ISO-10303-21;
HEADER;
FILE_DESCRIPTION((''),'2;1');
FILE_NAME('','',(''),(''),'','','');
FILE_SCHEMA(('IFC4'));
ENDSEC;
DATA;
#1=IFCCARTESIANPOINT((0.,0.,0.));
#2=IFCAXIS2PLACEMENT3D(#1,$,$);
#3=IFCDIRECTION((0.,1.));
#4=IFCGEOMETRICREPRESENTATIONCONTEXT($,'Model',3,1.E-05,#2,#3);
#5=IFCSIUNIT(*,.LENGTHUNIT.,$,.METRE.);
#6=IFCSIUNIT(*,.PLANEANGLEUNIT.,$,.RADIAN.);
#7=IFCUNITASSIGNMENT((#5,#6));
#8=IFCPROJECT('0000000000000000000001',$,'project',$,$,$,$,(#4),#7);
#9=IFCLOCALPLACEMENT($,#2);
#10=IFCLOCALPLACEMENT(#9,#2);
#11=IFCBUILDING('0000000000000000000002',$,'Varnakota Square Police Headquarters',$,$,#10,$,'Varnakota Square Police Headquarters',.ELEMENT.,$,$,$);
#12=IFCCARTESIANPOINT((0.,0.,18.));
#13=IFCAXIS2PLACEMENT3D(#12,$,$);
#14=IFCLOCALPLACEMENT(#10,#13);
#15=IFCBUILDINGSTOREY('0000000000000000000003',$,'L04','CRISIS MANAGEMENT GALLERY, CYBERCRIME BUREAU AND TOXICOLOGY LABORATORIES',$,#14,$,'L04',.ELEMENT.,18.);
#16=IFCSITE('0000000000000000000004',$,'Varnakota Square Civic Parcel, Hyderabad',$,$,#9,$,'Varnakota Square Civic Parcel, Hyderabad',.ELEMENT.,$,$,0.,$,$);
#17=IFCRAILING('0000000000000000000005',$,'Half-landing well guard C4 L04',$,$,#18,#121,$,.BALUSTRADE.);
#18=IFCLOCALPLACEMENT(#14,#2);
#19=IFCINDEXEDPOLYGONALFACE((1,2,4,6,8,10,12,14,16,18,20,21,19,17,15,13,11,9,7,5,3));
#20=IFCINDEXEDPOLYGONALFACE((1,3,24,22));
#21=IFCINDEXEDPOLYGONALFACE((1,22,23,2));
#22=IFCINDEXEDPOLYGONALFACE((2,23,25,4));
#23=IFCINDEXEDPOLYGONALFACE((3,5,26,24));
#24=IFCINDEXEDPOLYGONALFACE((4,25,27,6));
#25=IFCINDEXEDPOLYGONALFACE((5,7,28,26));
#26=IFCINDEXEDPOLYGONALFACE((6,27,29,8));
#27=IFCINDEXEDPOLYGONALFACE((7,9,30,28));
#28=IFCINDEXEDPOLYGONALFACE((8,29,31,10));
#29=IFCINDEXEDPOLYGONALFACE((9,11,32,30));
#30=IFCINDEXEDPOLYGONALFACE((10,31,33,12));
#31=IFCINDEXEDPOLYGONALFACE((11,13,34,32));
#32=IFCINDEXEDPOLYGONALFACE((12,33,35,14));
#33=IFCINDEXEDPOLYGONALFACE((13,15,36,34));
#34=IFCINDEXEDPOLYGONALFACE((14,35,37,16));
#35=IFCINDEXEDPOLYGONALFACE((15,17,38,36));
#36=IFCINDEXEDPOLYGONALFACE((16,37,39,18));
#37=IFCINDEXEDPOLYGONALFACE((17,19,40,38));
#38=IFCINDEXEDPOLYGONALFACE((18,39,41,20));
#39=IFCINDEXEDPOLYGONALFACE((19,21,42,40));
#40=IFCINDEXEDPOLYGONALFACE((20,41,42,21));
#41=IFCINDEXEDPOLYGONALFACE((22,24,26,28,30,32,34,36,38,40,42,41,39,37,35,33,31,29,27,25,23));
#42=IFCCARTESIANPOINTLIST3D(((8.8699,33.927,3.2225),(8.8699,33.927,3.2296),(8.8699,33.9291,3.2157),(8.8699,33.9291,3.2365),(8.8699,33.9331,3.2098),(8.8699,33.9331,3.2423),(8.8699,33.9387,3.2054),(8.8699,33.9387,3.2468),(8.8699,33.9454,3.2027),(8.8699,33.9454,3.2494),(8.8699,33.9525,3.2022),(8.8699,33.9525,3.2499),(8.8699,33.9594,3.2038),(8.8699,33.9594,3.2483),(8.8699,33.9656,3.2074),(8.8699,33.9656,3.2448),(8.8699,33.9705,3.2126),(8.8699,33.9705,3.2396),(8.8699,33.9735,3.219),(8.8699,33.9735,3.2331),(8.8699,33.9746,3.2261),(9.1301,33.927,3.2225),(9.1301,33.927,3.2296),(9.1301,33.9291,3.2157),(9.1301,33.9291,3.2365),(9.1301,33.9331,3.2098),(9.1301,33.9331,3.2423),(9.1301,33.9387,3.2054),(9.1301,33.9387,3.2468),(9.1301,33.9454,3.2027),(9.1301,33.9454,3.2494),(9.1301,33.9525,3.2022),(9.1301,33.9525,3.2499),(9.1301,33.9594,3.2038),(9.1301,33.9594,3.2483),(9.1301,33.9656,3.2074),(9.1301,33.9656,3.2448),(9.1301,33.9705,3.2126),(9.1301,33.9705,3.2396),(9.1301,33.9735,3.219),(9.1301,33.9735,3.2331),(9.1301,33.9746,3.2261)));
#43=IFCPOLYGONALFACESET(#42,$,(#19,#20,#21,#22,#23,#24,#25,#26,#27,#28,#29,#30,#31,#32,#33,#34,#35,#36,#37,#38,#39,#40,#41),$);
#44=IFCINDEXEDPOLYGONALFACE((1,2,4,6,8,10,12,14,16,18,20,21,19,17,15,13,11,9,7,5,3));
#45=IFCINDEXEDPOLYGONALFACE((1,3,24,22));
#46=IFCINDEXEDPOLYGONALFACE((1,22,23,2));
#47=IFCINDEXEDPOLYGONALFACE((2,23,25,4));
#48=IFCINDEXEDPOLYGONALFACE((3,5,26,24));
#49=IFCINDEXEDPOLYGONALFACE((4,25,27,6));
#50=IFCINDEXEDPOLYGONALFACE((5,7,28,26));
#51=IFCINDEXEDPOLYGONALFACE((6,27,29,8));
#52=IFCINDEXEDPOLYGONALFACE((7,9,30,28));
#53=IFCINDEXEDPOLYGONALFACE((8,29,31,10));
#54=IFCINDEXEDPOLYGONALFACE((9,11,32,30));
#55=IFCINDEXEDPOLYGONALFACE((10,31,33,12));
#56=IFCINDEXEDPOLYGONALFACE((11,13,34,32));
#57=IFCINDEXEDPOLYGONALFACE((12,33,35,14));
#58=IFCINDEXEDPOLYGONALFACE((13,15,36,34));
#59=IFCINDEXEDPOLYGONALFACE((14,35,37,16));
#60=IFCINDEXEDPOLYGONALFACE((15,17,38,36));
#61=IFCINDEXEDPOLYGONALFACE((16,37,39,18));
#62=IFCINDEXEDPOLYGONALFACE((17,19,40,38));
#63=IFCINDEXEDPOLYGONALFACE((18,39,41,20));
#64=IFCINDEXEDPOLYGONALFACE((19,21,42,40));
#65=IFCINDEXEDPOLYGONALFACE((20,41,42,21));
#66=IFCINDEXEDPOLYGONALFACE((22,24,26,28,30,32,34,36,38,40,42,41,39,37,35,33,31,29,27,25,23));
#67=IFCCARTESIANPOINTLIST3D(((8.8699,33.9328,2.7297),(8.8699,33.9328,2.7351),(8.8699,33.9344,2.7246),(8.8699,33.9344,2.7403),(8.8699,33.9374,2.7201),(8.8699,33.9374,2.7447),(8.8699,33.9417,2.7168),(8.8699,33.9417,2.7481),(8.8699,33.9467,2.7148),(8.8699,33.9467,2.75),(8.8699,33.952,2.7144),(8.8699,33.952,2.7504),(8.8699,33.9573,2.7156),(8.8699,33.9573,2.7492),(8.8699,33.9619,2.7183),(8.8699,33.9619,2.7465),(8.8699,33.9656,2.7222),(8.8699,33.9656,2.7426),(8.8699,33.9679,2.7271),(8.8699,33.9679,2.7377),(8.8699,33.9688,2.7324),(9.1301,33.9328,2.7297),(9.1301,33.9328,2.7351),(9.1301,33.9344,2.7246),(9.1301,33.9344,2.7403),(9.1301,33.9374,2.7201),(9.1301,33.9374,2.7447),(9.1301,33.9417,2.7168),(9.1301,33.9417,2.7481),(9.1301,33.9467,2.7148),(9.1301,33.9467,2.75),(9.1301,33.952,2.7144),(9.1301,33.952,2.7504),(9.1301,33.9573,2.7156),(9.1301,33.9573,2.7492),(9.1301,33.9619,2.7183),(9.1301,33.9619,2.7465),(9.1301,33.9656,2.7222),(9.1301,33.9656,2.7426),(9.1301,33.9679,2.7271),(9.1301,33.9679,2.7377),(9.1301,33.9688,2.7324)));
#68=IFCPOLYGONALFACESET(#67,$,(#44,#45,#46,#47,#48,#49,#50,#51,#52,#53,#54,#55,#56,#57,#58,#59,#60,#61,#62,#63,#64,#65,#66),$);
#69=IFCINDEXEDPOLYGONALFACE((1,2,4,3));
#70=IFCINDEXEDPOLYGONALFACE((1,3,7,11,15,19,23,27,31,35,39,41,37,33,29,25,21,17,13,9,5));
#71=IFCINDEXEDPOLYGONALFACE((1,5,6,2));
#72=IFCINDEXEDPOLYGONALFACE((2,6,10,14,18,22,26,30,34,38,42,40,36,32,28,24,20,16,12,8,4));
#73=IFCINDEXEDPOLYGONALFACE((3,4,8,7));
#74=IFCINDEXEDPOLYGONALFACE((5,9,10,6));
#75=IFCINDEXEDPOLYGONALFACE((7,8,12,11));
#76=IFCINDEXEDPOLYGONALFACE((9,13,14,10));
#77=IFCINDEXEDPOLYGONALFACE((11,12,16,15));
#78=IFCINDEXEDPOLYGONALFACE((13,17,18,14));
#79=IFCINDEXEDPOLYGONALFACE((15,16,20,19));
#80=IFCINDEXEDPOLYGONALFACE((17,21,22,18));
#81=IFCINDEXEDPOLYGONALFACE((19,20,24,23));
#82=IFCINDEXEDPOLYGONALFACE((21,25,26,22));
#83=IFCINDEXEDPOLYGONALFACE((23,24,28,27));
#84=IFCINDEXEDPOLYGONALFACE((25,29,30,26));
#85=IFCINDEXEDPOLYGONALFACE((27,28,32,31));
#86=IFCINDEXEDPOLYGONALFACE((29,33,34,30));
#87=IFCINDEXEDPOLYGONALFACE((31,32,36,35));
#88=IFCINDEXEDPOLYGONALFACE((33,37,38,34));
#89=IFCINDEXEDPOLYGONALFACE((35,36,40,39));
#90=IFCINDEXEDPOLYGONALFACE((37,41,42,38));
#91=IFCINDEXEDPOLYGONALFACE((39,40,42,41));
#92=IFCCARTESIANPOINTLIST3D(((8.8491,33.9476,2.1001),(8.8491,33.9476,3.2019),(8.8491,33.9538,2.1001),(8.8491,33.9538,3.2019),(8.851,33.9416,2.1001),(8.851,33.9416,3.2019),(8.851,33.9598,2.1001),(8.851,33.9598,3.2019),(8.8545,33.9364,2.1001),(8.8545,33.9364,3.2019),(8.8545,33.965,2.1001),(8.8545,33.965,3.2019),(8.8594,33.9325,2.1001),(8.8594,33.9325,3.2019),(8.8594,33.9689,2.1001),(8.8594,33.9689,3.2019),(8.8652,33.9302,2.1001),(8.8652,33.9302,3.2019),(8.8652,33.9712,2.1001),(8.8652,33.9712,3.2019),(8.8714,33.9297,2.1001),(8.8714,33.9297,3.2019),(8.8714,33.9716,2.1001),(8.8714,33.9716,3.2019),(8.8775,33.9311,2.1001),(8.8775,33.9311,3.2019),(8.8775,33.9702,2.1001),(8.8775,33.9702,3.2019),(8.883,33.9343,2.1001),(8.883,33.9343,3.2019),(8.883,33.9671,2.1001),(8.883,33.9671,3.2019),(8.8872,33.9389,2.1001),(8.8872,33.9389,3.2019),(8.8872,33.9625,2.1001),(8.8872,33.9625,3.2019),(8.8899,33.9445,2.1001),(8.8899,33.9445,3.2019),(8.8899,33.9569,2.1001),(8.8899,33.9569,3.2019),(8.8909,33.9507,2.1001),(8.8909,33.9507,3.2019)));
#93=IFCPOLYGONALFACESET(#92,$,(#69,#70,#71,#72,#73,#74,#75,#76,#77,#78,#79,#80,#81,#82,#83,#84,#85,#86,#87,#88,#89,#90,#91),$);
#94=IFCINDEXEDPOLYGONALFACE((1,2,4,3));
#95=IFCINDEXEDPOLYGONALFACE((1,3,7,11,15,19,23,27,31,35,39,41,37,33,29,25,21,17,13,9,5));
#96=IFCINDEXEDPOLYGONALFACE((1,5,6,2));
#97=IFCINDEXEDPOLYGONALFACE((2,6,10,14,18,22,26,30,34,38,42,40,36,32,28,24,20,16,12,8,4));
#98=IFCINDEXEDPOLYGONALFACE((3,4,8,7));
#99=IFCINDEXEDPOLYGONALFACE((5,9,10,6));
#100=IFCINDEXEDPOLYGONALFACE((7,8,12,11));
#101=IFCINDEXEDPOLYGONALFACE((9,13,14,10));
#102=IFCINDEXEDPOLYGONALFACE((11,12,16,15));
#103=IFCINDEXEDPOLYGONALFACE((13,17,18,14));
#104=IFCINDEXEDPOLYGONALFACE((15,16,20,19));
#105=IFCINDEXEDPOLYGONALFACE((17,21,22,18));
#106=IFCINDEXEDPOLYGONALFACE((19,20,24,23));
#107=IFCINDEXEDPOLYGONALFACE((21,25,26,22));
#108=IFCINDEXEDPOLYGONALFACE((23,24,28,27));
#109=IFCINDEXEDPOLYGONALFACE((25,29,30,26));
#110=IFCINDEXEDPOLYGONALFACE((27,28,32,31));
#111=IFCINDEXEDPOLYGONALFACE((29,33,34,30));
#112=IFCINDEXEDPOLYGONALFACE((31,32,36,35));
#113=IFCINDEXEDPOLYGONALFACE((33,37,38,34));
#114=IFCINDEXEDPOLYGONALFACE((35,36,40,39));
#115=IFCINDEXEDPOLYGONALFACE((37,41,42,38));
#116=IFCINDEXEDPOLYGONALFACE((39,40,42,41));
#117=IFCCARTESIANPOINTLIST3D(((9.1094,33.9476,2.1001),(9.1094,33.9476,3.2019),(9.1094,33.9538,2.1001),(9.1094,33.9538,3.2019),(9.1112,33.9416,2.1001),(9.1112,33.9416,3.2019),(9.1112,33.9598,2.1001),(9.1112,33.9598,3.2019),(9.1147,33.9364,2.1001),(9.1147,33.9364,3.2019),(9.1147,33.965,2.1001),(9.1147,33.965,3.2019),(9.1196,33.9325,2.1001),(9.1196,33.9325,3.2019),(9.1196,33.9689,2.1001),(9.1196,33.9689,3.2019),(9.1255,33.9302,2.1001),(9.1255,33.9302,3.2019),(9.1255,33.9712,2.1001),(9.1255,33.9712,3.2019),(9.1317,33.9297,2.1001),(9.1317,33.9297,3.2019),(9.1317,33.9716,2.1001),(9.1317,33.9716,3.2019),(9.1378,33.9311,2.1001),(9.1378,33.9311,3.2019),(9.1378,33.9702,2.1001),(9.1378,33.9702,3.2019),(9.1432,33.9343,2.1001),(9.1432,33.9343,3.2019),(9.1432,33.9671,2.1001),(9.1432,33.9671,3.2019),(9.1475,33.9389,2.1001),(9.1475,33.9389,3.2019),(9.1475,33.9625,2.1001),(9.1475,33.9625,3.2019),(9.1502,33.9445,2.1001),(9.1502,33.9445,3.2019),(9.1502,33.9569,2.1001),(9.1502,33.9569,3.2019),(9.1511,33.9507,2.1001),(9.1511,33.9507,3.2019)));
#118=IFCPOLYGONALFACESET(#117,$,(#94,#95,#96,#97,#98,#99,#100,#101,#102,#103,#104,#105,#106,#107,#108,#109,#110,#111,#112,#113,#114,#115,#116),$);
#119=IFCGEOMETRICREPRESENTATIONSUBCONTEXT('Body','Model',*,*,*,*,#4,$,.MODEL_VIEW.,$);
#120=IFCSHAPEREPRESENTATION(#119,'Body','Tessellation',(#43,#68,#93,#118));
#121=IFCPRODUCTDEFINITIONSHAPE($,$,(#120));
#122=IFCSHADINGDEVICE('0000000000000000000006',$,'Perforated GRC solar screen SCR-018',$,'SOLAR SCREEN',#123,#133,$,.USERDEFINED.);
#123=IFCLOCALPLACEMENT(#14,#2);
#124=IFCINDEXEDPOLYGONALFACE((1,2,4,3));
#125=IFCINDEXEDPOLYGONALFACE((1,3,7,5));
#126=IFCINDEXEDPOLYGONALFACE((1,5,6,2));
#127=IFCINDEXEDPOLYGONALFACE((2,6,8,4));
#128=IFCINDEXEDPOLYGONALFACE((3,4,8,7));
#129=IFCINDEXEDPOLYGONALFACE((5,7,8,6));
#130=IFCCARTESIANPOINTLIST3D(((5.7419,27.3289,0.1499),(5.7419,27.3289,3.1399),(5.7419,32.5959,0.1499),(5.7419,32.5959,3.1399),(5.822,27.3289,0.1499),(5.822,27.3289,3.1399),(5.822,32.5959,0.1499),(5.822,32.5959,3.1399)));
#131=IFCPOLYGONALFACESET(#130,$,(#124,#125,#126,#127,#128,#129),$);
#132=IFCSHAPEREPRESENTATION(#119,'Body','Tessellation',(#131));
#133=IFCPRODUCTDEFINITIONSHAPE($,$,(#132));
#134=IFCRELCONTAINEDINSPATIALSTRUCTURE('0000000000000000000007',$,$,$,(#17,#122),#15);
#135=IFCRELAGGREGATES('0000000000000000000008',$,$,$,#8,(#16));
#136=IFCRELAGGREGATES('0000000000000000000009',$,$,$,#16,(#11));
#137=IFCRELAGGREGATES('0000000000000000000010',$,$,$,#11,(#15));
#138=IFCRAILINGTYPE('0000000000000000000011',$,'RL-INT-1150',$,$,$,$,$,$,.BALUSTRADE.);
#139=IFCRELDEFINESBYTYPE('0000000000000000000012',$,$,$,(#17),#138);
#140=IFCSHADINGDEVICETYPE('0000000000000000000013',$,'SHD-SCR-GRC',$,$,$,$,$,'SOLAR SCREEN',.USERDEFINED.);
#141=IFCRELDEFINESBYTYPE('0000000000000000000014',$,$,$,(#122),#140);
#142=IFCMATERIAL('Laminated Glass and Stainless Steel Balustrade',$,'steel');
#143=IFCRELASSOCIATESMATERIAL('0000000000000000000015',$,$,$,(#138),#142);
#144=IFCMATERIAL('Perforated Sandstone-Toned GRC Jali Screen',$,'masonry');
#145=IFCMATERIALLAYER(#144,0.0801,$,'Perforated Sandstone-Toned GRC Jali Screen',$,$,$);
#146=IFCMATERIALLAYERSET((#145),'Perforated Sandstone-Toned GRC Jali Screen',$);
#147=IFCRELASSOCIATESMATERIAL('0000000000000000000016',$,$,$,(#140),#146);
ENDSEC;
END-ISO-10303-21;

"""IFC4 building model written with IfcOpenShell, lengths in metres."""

from ifc_helpers import new_model, si_unit, direction, frame, origin, origin_2d, place, context, subcontext, project, spatial, rectangle, circle, extrude, material, layer, layer_set, type_object, element, save


model = new_model("IFC4")

# Units and contexts
model_context = context("Model", 3, precision=1e-05, world=origin(), true_north=direction((0.0, 1.0)))
body_context = subcontext(model_context, "Body", "Model", "MODEL_VIEW")
ifc_project = project(units=[si_unit("LENGTHUNIT", "METRE"), si_unit("PLANEANGLEUNIT", "RADIAN")], contexts=[model_context])

# Site, building, storey
site_placement = place(None, origin())
site = spatial("IfcSite", under=ifc_project, at=site_placement, Name="Varnakota Square Civic Parcel, Hyderabad", LongName="Varnakota Square Civic Parcel, Hyderabad", CompositionType="ELEMENT", RefElevation=0.0)
building_placement = place(site_placement, origin())
building = spatial("IfcBuilding", under=site, at=building_placement, Name="Varnakota Square Police Headquarters", LongName="Varnakota Square Police Headquarters", CompositionType="ELEMENT")
storey_placement = place(building_placement, frame((0.0, 0.0, 18.0)))
storey = spatial("IfcBuildingStorey", under=building, at=storey_placement, Name="L04", Description="CRISIS MANAGEMENT GALLERY, CYBERCRIME BUREAU AND TOXICOLOGY LABORATORIES", LongName="L04", CompositionType="ELEMENT", Elevation=18.0)

# Railing
ifc_material_1 = material(Name="Laminated Glass and Stainless Steel Balustrade", Category="steel")
railing_type_1 = type_object("IfcRailingType", Name="RL-INT-1150", PredefinedType="BALUSTRADE", material=ifc_material_1)
railing_1_placement = place(storey_placement, frame((8.8699, 33.9507, 2.1001)))
element("IfcRailing", 1, at=railing_1_placement, inside=storey, type_object=railing_type_1, Name="Half-landing well guard C4 L04", PredefinedType="BALUSTRADE", context=body_context, shape_type="SweptSolid", body=[
    extrude(circle(Radius=0.0239, at=origin_2d()), frame((0.0, 0.0, 1.126), z_axis=(1.0, 0.0, 0.0), x_axis=(0.0, 1.0, 0.0)), (0.0, 0.0, 1.0), 0.2603),
    extrude(circle(Radius=0.0181, at=origin_2d()), frame((0.0, 0.0, 0.6323), z_axis=(1.0, 0.0, 0.0), x_axis=(0.0, 1.0, 0.0)), (0.0, 0.0, 1.0), 0.2603),
    extrude(circle(Radius=0.021, at=origin_2d()), origin(), (0.0, 0.0, 1.0), 1.1018),
    extrude(circle(Radius=0.021, at=origin_2d()), frame((0.2603, 0.0, 0.0)), (0.0, 0.0, 1.0), 1.1018),
])

# Shading device
ifc_material_2 = material(Name="Perforated Sandstone-Toned GRC Jali Screen", Category="masonry")
ifc_layer_1 = layer(ifc_material_2, 0.0801, Name="Perforated Sandstone-Toned GRC Jali Screen")
ifc_layer_set_1 = layer_set([ifc_layer_1], Name="Perforated Sandstone-Toned GRC Jali Screen")
shading_device_type = type_object("IfcShadingDeviceType", Name="SHD-SCR-GRC", ElementType="SOLAR SCREEN", PredefinedType="USERDEFINED", material=ifc_layer_set_1)
shading_device_placement = place(storey_placement, frame((5.782, 29.9624, 0.1499), z_axis=(0.0, 0.0, 1.0), x_axis=(0.0, 1.0, 0.0)))
element("IfcShadingDevice", 2, at=shading_device_placement, inside=storey, type_object=shading_device_type, Name="Perforated GRC solar screen SCR-018", ObjectType="SOLAR SCREEN", PredefinedType="USERDEFINED", context=body_context, shape_type="SweptSolid", body=[
    extrude(rectangle(XDim=5.2671, YDim=0.0801, at=origin_2d()), origin(), (0.0, 0.0, 1.0), 2.99),
])

save(model, "model.ifc")
